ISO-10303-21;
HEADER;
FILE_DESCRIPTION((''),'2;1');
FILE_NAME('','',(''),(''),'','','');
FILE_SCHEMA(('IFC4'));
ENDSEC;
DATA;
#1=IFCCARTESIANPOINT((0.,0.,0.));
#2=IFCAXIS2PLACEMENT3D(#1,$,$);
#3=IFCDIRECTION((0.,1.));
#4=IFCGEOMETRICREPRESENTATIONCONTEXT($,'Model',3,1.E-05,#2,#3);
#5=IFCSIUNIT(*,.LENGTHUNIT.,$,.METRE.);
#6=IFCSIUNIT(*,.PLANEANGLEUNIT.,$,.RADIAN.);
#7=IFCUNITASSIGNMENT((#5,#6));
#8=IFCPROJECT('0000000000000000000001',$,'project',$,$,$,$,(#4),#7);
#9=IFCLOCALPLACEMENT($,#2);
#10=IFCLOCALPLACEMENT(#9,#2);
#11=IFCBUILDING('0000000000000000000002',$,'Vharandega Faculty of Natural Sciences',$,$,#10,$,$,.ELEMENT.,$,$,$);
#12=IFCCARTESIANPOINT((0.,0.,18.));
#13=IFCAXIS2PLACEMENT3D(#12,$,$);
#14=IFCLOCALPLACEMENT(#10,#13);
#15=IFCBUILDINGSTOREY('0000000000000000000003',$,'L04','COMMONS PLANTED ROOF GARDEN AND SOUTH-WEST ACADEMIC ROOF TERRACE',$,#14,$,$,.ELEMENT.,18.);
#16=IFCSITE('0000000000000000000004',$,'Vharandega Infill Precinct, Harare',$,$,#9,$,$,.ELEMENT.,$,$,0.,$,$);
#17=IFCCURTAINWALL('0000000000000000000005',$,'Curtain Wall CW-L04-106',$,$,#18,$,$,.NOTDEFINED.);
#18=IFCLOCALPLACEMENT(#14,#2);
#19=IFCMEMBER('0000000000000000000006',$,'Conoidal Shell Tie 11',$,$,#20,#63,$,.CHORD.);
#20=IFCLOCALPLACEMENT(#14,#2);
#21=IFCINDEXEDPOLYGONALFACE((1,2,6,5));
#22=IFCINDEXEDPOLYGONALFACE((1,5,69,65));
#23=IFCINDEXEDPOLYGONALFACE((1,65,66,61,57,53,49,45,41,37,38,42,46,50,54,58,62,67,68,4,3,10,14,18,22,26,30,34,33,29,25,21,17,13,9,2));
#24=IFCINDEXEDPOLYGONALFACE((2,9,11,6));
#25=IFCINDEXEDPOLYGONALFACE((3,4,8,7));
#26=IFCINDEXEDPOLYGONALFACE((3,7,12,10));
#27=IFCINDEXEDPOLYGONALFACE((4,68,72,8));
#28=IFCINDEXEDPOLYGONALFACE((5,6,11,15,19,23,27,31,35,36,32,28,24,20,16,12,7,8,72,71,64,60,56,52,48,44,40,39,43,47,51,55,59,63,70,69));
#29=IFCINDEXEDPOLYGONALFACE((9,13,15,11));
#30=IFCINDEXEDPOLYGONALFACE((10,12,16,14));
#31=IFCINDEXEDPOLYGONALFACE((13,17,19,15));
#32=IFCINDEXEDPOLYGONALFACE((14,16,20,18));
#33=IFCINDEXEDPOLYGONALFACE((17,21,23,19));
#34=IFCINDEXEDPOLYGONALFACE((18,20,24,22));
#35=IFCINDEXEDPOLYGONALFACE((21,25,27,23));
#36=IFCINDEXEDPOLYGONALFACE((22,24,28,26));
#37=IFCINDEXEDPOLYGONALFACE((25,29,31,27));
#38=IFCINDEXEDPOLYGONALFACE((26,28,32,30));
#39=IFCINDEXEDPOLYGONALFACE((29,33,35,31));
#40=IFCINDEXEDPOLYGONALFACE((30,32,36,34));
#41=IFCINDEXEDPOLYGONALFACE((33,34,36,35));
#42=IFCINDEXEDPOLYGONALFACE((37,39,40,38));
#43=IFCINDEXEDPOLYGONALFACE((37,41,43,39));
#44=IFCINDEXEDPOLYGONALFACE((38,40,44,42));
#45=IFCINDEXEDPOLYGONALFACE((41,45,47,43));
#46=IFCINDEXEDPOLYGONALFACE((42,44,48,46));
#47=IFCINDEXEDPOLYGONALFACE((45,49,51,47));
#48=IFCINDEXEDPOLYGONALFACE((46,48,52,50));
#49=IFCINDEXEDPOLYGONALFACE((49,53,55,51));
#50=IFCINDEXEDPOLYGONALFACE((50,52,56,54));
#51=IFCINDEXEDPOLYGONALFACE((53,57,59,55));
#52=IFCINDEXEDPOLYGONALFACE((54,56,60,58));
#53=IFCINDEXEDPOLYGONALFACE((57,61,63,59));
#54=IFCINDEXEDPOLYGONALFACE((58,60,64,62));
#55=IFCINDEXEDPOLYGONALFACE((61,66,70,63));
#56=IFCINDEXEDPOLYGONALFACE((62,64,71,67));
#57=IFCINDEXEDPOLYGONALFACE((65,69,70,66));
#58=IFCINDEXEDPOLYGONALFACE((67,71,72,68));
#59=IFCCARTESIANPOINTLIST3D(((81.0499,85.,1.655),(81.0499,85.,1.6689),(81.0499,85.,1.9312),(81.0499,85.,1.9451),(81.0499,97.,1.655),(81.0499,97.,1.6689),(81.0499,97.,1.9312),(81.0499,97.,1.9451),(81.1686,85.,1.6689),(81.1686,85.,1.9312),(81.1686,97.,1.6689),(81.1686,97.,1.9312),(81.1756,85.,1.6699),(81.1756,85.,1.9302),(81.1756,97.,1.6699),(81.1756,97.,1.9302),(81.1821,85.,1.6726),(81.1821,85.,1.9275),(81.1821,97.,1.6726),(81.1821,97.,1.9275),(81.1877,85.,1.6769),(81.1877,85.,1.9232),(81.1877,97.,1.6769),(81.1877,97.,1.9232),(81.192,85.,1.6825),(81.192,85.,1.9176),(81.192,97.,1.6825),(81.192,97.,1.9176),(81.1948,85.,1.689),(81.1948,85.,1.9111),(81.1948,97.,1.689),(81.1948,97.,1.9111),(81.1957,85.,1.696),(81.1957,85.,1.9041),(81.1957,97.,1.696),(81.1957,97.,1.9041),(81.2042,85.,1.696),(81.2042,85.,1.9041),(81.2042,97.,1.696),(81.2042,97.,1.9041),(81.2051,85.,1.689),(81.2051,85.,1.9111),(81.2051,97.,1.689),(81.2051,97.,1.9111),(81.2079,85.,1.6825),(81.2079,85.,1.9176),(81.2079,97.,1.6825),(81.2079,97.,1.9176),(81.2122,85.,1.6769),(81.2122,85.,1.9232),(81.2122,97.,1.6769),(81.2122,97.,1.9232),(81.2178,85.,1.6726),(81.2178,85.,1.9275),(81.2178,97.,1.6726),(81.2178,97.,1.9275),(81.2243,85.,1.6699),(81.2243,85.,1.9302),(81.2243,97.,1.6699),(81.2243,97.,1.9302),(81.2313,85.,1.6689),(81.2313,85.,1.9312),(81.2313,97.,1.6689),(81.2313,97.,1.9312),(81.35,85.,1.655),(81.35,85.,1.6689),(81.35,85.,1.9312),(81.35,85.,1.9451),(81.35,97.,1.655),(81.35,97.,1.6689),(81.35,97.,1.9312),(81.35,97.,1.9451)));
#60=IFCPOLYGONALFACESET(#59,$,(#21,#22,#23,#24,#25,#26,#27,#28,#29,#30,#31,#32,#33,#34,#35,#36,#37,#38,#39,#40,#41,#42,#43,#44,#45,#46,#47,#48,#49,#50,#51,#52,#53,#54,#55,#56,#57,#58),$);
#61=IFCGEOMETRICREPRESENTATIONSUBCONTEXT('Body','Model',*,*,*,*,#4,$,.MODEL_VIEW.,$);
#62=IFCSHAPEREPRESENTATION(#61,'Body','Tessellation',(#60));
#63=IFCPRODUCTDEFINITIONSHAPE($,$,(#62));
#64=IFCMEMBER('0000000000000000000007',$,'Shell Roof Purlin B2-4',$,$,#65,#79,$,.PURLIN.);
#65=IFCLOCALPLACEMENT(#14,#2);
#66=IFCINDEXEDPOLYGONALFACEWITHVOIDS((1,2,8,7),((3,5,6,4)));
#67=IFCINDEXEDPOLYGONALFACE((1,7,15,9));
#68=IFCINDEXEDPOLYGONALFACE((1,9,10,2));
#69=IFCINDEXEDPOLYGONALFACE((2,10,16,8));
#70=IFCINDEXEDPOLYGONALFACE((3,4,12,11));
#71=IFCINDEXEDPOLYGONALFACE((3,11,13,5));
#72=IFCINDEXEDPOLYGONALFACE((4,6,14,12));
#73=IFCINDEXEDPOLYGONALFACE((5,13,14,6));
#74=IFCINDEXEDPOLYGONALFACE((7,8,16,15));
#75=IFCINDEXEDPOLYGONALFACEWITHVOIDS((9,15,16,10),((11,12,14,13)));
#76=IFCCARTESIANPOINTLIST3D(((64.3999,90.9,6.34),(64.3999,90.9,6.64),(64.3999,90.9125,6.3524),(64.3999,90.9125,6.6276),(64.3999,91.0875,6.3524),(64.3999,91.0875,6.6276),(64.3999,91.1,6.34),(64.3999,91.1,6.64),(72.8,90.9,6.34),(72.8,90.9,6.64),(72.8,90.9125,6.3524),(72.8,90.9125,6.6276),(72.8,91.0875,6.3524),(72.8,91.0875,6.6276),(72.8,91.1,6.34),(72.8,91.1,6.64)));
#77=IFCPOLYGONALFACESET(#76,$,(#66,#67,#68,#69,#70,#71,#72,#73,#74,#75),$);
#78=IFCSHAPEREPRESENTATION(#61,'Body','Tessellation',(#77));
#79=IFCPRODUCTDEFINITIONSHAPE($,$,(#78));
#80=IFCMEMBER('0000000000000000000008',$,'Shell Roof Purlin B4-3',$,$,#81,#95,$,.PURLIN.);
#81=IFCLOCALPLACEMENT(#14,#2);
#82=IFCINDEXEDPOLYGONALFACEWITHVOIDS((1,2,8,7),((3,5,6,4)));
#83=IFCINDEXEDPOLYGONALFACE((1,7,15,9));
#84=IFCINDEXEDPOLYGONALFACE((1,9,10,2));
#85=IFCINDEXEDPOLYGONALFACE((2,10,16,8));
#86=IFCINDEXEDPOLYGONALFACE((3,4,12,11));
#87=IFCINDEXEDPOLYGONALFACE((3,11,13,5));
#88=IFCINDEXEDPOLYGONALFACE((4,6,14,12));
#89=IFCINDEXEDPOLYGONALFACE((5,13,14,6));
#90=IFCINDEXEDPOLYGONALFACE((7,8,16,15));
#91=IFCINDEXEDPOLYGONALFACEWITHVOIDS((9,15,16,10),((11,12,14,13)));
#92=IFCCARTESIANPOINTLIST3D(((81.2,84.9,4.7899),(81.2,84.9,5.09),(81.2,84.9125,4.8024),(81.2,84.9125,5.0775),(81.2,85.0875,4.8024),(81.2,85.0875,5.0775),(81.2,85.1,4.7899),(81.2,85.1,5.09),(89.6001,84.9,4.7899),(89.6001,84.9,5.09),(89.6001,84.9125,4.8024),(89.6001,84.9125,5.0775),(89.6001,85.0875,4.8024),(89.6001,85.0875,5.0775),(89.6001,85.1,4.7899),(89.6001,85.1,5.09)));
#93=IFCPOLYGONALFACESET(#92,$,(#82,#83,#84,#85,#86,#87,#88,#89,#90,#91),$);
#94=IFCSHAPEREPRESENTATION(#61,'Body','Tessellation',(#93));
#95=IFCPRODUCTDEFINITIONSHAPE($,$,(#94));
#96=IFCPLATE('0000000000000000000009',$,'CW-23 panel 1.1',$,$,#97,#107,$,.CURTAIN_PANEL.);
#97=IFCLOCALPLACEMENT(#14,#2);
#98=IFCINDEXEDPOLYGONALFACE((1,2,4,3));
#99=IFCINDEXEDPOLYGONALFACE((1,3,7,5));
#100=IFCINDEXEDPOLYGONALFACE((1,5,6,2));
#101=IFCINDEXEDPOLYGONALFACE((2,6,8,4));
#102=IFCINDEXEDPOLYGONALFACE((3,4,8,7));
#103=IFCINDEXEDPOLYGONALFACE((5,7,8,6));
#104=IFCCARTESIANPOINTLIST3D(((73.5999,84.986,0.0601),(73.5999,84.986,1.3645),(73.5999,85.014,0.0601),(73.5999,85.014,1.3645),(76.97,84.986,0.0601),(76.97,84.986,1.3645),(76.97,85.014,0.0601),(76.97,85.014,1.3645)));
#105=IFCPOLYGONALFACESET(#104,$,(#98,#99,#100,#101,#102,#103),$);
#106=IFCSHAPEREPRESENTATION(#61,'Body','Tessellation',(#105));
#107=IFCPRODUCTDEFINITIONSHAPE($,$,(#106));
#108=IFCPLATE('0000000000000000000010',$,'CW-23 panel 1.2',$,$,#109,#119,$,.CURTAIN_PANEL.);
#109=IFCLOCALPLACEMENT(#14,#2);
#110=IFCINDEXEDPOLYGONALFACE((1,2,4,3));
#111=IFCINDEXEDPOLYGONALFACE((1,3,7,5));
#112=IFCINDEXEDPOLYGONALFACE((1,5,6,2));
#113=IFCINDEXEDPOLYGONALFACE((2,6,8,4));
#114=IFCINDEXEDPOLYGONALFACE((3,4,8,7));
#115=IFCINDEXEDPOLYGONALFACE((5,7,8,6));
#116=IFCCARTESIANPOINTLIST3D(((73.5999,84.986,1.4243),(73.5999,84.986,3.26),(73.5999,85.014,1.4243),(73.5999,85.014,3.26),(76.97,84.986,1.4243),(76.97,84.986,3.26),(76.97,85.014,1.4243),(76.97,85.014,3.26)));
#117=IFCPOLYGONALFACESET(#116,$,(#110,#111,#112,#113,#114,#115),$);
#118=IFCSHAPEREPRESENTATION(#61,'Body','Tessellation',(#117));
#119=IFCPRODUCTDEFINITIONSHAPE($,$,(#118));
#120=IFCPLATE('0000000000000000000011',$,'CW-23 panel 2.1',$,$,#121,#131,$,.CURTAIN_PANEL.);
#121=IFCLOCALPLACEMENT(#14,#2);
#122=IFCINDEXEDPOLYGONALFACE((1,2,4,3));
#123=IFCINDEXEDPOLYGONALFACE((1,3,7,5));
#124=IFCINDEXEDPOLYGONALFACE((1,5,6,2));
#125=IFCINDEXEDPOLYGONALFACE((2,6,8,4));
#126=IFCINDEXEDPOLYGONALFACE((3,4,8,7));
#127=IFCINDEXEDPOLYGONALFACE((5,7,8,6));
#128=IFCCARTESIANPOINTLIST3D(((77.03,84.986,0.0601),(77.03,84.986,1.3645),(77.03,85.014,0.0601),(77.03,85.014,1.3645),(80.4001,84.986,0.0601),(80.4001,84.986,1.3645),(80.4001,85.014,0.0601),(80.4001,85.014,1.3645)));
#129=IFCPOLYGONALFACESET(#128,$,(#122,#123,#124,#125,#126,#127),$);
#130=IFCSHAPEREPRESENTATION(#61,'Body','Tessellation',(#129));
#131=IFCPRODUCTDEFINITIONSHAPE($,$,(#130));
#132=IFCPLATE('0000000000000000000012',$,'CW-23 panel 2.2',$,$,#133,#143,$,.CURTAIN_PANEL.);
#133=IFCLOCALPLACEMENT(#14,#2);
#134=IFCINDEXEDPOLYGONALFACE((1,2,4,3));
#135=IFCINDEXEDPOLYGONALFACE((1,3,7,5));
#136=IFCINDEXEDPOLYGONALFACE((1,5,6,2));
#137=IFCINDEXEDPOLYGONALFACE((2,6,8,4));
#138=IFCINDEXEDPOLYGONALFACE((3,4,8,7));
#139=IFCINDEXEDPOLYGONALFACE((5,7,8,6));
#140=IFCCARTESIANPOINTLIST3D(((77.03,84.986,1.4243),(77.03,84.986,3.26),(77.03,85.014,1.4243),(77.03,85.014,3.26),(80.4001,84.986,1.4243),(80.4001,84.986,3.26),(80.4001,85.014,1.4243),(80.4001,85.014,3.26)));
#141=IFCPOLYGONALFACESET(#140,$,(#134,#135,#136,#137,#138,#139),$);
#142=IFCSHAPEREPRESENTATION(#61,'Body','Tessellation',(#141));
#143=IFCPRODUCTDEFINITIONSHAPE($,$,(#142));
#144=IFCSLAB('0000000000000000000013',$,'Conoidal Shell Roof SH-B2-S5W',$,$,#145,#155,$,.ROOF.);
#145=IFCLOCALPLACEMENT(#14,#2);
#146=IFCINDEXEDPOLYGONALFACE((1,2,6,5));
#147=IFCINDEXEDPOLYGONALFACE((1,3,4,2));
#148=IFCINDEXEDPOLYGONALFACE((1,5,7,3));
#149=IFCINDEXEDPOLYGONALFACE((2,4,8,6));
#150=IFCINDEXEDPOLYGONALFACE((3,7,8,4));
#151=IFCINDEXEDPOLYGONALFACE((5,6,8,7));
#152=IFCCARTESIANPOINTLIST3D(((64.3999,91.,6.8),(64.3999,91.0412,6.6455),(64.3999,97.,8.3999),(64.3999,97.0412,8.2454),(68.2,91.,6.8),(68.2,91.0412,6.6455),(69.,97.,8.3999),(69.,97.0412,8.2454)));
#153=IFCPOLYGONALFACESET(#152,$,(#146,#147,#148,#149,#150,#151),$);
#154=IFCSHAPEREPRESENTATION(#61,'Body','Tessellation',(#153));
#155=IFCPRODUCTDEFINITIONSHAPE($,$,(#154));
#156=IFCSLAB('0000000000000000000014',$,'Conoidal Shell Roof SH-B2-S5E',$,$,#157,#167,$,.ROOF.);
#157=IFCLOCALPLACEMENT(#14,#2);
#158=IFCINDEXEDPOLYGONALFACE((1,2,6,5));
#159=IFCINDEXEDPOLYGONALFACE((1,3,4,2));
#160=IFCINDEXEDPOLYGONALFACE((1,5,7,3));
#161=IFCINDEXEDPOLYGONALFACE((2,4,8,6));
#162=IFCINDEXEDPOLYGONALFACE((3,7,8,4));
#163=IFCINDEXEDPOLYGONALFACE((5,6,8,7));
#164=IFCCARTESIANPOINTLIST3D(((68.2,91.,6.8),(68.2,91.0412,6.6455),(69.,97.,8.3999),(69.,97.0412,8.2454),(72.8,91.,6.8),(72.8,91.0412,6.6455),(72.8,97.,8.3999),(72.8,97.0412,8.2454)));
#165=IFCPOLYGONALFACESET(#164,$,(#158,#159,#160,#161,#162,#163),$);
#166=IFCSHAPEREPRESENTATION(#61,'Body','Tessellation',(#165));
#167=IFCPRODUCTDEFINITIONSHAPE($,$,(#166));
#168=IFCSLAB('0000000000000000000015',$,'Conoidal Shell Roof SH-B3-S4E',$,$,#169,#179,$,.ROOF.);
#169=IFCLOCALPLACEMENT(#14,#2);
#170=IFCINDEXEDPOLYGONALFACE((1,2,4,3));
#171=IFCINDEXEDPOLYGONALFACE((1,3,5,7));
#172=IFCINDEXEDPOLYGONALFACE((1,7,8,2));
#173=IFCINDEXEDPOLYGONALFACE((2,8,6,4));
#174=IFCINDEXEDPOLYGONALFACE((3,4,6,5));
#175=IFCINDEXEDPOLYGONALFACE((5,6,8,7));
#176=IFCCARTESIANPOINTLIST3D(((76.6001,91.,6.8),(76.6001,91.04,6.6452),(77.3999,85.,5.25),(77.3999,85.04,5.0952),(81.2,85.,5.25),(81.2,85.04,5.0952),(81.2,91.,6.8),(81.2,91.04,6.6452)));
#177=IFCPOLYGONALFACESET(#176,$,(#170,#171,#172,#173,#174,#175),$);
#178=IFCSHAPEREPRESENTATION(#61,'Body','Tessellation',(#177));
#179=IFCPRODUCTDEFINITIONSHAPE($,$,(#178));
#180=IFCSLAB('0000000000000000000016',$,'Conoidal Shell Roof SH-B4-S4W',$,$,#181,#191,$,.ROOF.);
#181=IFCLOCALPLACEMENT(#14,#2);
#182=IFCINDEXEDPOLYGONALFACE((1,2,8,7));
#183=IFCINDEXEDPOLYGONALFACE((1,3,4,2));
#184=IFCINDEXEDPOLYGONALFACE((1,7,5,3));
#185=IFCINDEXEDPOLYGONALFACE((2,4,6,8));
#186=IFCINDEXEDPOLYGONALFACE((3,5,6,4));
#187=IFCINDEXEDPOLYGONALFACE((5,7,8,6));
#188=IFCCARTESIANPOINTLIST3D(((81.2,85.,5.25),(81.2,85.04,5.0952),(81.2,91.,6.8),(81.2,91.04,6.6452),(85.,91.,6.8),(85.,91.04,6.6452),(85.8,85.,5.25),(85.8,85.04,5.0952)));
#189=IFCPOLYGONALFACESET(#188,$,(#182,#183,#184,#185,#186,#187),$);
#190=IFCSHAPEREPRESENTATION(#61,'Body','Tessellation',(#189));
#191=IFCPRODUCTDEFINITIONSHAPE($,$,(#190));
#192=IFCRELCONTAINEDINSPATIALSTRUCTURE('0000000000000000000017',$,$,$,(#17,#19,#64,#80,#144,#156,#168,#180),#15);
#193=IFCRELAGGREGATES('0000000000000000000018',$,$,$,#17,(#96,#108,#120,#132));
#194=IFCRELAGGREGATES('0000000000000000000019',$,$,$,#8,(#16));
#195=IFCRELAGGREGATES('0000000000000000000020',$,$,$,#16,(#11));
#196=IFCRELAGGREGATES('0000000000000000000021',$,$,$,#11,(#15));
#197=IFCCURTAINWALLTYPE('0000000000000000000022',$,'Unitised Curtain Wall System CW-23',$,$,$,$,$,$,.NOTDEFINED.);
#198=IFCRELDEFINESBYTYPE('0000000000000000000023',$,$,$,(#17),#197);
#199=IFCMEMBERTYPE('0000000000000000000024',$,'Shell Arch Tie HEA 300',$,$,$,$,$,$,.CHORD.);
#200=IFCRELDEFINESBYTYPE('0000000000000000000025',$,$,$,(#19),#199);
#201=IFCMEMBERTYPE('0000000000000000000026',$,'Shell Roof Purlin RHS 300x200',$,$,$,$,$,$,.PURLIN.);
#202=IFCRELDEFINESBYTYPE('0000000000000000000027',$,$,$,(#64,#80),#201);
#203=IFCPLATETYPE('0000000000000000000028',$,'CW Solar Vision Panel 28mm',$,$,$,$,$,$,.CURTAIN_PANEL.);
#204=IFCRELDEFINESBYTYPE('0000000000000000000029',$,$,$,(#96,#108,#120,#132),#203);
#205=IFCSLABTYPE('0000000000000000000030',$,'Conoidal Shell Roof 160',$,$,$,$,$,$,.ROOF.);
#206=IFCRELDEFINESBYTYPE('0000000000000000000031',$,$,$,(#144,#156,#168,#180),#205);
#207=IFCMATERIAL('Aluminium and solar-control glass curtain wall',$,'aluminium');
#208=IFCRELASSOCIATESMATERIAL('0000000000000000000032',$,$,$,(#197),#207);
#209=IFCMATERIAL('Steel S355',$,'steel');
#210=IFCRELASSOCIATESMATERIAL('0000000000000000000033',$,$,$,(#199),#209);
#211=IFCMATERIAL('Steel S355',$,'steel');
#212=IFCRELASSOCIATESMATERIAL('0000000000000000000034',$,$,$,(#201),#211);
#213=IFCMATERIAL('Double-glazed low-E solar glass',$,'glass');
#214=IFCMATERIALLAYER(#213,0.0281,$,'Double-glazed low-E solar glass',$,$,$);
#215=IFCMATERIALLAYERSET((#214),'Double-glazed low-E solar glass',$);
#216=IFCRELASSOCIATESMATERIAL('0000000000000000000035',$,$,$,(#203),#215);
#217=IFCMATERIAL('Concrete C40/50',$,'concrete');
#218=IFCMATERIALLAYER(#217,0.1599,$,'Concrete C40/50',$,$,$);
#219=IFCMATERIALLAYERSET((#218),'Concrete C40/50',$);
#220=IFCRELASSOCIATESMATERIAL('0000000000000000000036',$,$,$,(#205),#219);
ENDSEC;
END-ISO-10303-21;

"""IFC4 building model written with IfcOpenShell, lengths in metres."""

from ifc_helpers import new_model, si_unit, direction, frame, origin, origin_2d, place, context, subcontext, project, spatial, polyline, rectangle, hollow_rectangle, i_section, outline, extrude, material, layer, layer_set, material_profile, profile_set, type_object, element, aggregate, save


model = new_model("IFC4")

# Units and contexts
model_context = context("Model", 3, precision=1e-05, world=origin(), true_north=direction((0.0, 1.0)))
body_context = subcontext(model_context, "Body", "Model", "MODEL_VIEW")
ifc_project = project(units=[si_unit("LENGTHUNIT", "METRE"), si_unit("PLANEANGLEUNIT", "RADIAN")], contexts=[model_context])

# Site, building, storey
site_placement = place(None, origin())
site = spatial("IfcSite", under=ifc_project, at=site_placement, Name="Vharandega Infill Precinct, Harare", CompositionType="ELEMENT", RefElevation=0.0)
building_placement = place(site_placement, origin())
building = spatial("IfcBuilding", under=site, at=building_placement, Name="Vharandega Faculty of Natural Sciences", CompositionType="ELEMENT")
storey_placement = place(building_placement, frame((0.0, 0.0, 18.0)))
storey = spatial("IfcBuildingStorey", under=building, at=storey_placement, Name="L04", Description="COMMONS PLANTED ROOF GARDEN AND SOUTH-WEST ACADEMIC ROOF TERRACE", CompositionType="ELEMENT", Elevation=18.0)

# Curtain wall
ifc_material_1 = material(Name="Aluminium and solar-control glass curtain wall", Category="aluminium")
curtain_wall_type = type_object("IfcCurtainWallType", Name="Unitised Curtain Wall System CW-23", PredefinedType="NOTDEFINED", material=ifc_material_1)
curtain_wall_placement = place(storey_placement, origin())
curtain_wall = element("IfcCurtainWall", 1, at=curtain_wall_placement, inside=storey, type_object=curtain_wall_type, Name="Curtain Wall CW-L04-106", PredefinedType="NOTDEFINED")

# Members
ifc_material_2 = material(Name="Steel S355", Category="steel")
ifc_material_profile_1 = material_profile(ifc_material_2, i_section(OverallWidth=0.3, OverallDepth=0.29, WebThickness=0.0085, FlangeThickness=0.0139, FilletRadius=0.0271, at=origin_2d()), Name="HEA 300")
ifc_profile_set_1 = profile_set([ifc_material_profile_1], Name="Steel S355")
member_type_1 = type_object("IfcMemberType", Name="Shell Arch Tie HEA 300", PredefinedType="CHORD", material=ifc_profile_set_1)
member_1_placement = place(storey_placement, frame((81.2, 85.0, 1.8), z_axis=(0.0, 1.0, 0.0), x_axis=(-1.0, 0.0, 0.0)))
element("IfcMember", 2, at=member_1_placement, inside=storey, type_object=member_type_1, Name="Conoidal Shell Tie 11", PredefinedType="CHORD", context=body_context, shape_type="SweptSolid", body=[
    extrude(i_section(OverallWidth=0.3, OverallDepth=0.29, WebThickness=0.0085, FlangeThickness=0.0139, FilletRadius=0.0271, at=origin_2d()), origin(), (0.0, 0.0, 1.0), 12.0),
])
ifc_material_3 = material(Name="Steel S355", Category="steel")
ifc_material_profile_2 = material_profile(ifc_material_3, hollow_rectangle(XDim=0.2, YDim=0.3, WallThickness=0.0125, at=origin_2d()), Name="RHS 300x200x12.5")
ifc_profile_set_2 = profile_set([ifc_material_profile_2], Name="Steel S355")
member_type_2 = type_object("IfcMemberType", Name="Shell Roof Purlin RHS 300x200", PredefinedType="PURLIN", material=ifc_profile_set_2)
for number, where, z_axis, x_axis, name in (
    (3, (64.3999, 91.0, 6.49), (1.0, 0.0, 0.0), (0.0, 1.0, 0.0), "Shell Roof Purlin B2-4"),
    (4, (81.2, 85.0, 4.9399), (1.0, 0.0, 0.0), (0.0, 1.0, 0.0), "Shell Roof Purlin B4-3"),
):
    element("IfcMember", number, at=place(storey_placement, frame(where, z_axis=z_axis, x_axis=x_axis)), inside=storey, type_object=member_type_2, Name=name, PredefinedType="PURLIN", context=body_context, shape_type="SweptSolid", body=[
        extrude(hollow_rectangle(XDim=0.2, YDim=0.3, WallThickness=0.0125, at=origin_2d()), origin(), (0.0, 0.0, 1.0), 8.4001),
    ])

# Plates
ifc_material_4 = material(Name="Double-glazed low-E solar glass", Category="glass")
ifc_layer_1 = layer(ifc_material_4, 0.0281, Name="Double-glazed low-E solar glass")
ifc_layer_set_1 = layer_set([ifc_layer_1], Name="Double-glazed low-E solar glass")
plate_type_1 = type_object("IfcPlateType", Name="CW Solar Vision Panel 28mm", PredefinedType="CURTAIN_PANEL", material=ifc_layer_set_1)
plate_1_placement = place(storey_placement, frame((75.2849, 85.0, 0.0601), z_axis=(0.0, 0.0, 1.0), x_axis=(1.0, 0.0, 0.0)))
plate_1 = element("IfcPlate", 5, at=plate_1_placement, type_object=plate_type_1, Name="CW-23 panel 1.1", PredefinedType="CURTAIN_PANEL", context=body_context, shape_type="SweptSolid", body=[
    extrude(rectangle(XDim=3.3701, YDim=0.0281, at=origin_2d()), origin(), (0.0, 0.0, 1.0), 1.3044),
])
plate_2_placement = place(storey_placement, frame((75.2849, 85.0, 1.4243), z_axis=(0.0, 0.0, 1.0), x_axis=(1.0, 0.0, 0.0)))
plate_2 = element("IfcPlate", 6, at=plate_2_placement, type_object=plate_type_1, Name="CW-23 panel 1.2", PredefinedType="CURTAIN_PANEL", context=body_context, shape_type="SweptSolid", body=[
    extrude(rectangle(XDim=3.3701, YDim=0.0281, at=origin_2d()), origin(), (0.0, 0.0, 1.0), 1.8357),
])
plate_3_placement = place(storey_placement, frame((78.7151, 85.0, 0.0601), z_axis=(0.0, 0.0, 1.0), x_axis=(1.0, 0.0, 0.0)))
plate_3 = element("IfcPlate", 7, at=plate_3_placement, type_object=plate_type_1, Name="CW-23 panel 2.1", PredefinedType="CURTAIN_PANEL", context=body_context, shape_type="SweptSolid", body=[
    extrude(rectangle(XDim=3.3701, YDim=0.0281, at=origin_2d()), origin(), (0.0, 0.0, 1.0), 1.3044),
])
plate_4_placement = place(storey_placement, frame((78.7151, 85.0, 1.4243), z_axis=(0.0, 0.0, 1.0), x_axis=(1.0, 0.0, 0.0)))
plate_4 = element("IfcPlate", 8, at=plate_4_placement, type_object=plate_type_1, Name="CW-23 panel 2.2", PredefinedType="CURTAIN_PANEL", context=body_context, shape_type="SweptSolid", body=[
    extrude(rectangle(XDim=3.3701, YDim=0.0281, at=origin_2d()), origin(), (0.0, 0.0, 1.0), 1.8357),
])
aggregate(curtain_wall, [plate_1, plate_2, plate_3, plate_4])

# Slabs
ifc_material_5 = material(Name="Concrete C40/50", Category="concrete")
ifc_layer_2 = layer(ifc_material_5, 0.1599, Name="Concrete C40/50")
ifc_layer_set_2 = layer_set([ifc_layer_2], Name="Concrete C40/50")
slab_type = type_object("IfcSlabType", Name="Conoidal Shell Roof 160", PredefinedType="ROOF", material=ifc_layer_set_2)
slab_1_placement = place(storey_placement, frame((64.3999, 91.0, 6.8), z_axis=(0.0, -0.257641, 0.966241), x_axis=(1.0, 0.0, 0.0)))
element("IfcSlab", 9, at=slab_1_placement, inside=storey, type_object=slab_type, Name="Conoidal Shell Roof SH-B2-S5W", PredefinedType="ROOF", context=body_context, shape_type="SweptSolid", body=[
    extrude(outline(polyline([(0.0, 0.0), (3.8, 0.0), (4.6001, 6.2096), (0.0, 6.2096), (0.0, 0.0)])), origin(), (0.0, 0.0, -1.0), 0.1599),
])
slab_2_placement = place(storey_placement, frame((68.2, 91.0, 6.8), z_axis=(0.0, -0.257641, 0.966241), x_axis=(1.0, 0.0, 0.0)))
element("IfcSlab", 10, at=slab_2_placement, inside=storey, type_object=slab_type, Name="Conoidal Shell Roof SH-B2-S5E", PredefinedType="ROOF", context=body_context, shape_type="SweptSolid", body=[
    extrude(outline(polyline([(0.0, 0.0), (4.6001, 0.0), (4.6001, 6.2096), (0.8, 6.2096), (0.0, 0.0)])), origin(), (0.0, 0.0, -1.0), 0.1599),
])
slab_3_placement = place(storey_placement, frame((77.3999, 85.0, 5.25), z_axis=(0.0, -0.250129, 0.968212), x_axis=(1.0, 0.0, 0.0)))
element("IfcSlab", 11, at=slab_3_placement, inside=storey, type_object=slab_type, Name="Conoidal Shell Roof SH-B3-S4E", PredefinedType="ROOF", context=body_context, shape_type="SweptSolid", body=[
    extrude(outline(polyline([(0.0, 0.0), (3.8, 0.0), (3.8, 6.197), (-0.7998, 6.197), (0.0, 0.0)])), origin(), (0.0, 0.0, -1.0), 0.1599),
])
slab_4_placement = place(storey_placement, frame((81.2, 85.0, 5.25), z_axis=(0.0, -0.250129, 0.968212), x_axis=(1.0, 0.0, 0.0)))
element("IfcSlab", 12, at=slab_4_placement, inside=storey, type_object=slab_type, Name="Conoidal Shell Roof SH-B4-S4W", PredefinedType="ROOF", context=body_context, shape_type="SweptSolid", body=[
    extrude(outline(polyline([(0.0, 0.0), (4.6001, 0.0), (3.8, 6.197), (0.0, 6.197), (0.0, 0.0)])), origin(), (0.0, 0.0, -1.0), 0.1599),
])

save(model, "model.ifc")
